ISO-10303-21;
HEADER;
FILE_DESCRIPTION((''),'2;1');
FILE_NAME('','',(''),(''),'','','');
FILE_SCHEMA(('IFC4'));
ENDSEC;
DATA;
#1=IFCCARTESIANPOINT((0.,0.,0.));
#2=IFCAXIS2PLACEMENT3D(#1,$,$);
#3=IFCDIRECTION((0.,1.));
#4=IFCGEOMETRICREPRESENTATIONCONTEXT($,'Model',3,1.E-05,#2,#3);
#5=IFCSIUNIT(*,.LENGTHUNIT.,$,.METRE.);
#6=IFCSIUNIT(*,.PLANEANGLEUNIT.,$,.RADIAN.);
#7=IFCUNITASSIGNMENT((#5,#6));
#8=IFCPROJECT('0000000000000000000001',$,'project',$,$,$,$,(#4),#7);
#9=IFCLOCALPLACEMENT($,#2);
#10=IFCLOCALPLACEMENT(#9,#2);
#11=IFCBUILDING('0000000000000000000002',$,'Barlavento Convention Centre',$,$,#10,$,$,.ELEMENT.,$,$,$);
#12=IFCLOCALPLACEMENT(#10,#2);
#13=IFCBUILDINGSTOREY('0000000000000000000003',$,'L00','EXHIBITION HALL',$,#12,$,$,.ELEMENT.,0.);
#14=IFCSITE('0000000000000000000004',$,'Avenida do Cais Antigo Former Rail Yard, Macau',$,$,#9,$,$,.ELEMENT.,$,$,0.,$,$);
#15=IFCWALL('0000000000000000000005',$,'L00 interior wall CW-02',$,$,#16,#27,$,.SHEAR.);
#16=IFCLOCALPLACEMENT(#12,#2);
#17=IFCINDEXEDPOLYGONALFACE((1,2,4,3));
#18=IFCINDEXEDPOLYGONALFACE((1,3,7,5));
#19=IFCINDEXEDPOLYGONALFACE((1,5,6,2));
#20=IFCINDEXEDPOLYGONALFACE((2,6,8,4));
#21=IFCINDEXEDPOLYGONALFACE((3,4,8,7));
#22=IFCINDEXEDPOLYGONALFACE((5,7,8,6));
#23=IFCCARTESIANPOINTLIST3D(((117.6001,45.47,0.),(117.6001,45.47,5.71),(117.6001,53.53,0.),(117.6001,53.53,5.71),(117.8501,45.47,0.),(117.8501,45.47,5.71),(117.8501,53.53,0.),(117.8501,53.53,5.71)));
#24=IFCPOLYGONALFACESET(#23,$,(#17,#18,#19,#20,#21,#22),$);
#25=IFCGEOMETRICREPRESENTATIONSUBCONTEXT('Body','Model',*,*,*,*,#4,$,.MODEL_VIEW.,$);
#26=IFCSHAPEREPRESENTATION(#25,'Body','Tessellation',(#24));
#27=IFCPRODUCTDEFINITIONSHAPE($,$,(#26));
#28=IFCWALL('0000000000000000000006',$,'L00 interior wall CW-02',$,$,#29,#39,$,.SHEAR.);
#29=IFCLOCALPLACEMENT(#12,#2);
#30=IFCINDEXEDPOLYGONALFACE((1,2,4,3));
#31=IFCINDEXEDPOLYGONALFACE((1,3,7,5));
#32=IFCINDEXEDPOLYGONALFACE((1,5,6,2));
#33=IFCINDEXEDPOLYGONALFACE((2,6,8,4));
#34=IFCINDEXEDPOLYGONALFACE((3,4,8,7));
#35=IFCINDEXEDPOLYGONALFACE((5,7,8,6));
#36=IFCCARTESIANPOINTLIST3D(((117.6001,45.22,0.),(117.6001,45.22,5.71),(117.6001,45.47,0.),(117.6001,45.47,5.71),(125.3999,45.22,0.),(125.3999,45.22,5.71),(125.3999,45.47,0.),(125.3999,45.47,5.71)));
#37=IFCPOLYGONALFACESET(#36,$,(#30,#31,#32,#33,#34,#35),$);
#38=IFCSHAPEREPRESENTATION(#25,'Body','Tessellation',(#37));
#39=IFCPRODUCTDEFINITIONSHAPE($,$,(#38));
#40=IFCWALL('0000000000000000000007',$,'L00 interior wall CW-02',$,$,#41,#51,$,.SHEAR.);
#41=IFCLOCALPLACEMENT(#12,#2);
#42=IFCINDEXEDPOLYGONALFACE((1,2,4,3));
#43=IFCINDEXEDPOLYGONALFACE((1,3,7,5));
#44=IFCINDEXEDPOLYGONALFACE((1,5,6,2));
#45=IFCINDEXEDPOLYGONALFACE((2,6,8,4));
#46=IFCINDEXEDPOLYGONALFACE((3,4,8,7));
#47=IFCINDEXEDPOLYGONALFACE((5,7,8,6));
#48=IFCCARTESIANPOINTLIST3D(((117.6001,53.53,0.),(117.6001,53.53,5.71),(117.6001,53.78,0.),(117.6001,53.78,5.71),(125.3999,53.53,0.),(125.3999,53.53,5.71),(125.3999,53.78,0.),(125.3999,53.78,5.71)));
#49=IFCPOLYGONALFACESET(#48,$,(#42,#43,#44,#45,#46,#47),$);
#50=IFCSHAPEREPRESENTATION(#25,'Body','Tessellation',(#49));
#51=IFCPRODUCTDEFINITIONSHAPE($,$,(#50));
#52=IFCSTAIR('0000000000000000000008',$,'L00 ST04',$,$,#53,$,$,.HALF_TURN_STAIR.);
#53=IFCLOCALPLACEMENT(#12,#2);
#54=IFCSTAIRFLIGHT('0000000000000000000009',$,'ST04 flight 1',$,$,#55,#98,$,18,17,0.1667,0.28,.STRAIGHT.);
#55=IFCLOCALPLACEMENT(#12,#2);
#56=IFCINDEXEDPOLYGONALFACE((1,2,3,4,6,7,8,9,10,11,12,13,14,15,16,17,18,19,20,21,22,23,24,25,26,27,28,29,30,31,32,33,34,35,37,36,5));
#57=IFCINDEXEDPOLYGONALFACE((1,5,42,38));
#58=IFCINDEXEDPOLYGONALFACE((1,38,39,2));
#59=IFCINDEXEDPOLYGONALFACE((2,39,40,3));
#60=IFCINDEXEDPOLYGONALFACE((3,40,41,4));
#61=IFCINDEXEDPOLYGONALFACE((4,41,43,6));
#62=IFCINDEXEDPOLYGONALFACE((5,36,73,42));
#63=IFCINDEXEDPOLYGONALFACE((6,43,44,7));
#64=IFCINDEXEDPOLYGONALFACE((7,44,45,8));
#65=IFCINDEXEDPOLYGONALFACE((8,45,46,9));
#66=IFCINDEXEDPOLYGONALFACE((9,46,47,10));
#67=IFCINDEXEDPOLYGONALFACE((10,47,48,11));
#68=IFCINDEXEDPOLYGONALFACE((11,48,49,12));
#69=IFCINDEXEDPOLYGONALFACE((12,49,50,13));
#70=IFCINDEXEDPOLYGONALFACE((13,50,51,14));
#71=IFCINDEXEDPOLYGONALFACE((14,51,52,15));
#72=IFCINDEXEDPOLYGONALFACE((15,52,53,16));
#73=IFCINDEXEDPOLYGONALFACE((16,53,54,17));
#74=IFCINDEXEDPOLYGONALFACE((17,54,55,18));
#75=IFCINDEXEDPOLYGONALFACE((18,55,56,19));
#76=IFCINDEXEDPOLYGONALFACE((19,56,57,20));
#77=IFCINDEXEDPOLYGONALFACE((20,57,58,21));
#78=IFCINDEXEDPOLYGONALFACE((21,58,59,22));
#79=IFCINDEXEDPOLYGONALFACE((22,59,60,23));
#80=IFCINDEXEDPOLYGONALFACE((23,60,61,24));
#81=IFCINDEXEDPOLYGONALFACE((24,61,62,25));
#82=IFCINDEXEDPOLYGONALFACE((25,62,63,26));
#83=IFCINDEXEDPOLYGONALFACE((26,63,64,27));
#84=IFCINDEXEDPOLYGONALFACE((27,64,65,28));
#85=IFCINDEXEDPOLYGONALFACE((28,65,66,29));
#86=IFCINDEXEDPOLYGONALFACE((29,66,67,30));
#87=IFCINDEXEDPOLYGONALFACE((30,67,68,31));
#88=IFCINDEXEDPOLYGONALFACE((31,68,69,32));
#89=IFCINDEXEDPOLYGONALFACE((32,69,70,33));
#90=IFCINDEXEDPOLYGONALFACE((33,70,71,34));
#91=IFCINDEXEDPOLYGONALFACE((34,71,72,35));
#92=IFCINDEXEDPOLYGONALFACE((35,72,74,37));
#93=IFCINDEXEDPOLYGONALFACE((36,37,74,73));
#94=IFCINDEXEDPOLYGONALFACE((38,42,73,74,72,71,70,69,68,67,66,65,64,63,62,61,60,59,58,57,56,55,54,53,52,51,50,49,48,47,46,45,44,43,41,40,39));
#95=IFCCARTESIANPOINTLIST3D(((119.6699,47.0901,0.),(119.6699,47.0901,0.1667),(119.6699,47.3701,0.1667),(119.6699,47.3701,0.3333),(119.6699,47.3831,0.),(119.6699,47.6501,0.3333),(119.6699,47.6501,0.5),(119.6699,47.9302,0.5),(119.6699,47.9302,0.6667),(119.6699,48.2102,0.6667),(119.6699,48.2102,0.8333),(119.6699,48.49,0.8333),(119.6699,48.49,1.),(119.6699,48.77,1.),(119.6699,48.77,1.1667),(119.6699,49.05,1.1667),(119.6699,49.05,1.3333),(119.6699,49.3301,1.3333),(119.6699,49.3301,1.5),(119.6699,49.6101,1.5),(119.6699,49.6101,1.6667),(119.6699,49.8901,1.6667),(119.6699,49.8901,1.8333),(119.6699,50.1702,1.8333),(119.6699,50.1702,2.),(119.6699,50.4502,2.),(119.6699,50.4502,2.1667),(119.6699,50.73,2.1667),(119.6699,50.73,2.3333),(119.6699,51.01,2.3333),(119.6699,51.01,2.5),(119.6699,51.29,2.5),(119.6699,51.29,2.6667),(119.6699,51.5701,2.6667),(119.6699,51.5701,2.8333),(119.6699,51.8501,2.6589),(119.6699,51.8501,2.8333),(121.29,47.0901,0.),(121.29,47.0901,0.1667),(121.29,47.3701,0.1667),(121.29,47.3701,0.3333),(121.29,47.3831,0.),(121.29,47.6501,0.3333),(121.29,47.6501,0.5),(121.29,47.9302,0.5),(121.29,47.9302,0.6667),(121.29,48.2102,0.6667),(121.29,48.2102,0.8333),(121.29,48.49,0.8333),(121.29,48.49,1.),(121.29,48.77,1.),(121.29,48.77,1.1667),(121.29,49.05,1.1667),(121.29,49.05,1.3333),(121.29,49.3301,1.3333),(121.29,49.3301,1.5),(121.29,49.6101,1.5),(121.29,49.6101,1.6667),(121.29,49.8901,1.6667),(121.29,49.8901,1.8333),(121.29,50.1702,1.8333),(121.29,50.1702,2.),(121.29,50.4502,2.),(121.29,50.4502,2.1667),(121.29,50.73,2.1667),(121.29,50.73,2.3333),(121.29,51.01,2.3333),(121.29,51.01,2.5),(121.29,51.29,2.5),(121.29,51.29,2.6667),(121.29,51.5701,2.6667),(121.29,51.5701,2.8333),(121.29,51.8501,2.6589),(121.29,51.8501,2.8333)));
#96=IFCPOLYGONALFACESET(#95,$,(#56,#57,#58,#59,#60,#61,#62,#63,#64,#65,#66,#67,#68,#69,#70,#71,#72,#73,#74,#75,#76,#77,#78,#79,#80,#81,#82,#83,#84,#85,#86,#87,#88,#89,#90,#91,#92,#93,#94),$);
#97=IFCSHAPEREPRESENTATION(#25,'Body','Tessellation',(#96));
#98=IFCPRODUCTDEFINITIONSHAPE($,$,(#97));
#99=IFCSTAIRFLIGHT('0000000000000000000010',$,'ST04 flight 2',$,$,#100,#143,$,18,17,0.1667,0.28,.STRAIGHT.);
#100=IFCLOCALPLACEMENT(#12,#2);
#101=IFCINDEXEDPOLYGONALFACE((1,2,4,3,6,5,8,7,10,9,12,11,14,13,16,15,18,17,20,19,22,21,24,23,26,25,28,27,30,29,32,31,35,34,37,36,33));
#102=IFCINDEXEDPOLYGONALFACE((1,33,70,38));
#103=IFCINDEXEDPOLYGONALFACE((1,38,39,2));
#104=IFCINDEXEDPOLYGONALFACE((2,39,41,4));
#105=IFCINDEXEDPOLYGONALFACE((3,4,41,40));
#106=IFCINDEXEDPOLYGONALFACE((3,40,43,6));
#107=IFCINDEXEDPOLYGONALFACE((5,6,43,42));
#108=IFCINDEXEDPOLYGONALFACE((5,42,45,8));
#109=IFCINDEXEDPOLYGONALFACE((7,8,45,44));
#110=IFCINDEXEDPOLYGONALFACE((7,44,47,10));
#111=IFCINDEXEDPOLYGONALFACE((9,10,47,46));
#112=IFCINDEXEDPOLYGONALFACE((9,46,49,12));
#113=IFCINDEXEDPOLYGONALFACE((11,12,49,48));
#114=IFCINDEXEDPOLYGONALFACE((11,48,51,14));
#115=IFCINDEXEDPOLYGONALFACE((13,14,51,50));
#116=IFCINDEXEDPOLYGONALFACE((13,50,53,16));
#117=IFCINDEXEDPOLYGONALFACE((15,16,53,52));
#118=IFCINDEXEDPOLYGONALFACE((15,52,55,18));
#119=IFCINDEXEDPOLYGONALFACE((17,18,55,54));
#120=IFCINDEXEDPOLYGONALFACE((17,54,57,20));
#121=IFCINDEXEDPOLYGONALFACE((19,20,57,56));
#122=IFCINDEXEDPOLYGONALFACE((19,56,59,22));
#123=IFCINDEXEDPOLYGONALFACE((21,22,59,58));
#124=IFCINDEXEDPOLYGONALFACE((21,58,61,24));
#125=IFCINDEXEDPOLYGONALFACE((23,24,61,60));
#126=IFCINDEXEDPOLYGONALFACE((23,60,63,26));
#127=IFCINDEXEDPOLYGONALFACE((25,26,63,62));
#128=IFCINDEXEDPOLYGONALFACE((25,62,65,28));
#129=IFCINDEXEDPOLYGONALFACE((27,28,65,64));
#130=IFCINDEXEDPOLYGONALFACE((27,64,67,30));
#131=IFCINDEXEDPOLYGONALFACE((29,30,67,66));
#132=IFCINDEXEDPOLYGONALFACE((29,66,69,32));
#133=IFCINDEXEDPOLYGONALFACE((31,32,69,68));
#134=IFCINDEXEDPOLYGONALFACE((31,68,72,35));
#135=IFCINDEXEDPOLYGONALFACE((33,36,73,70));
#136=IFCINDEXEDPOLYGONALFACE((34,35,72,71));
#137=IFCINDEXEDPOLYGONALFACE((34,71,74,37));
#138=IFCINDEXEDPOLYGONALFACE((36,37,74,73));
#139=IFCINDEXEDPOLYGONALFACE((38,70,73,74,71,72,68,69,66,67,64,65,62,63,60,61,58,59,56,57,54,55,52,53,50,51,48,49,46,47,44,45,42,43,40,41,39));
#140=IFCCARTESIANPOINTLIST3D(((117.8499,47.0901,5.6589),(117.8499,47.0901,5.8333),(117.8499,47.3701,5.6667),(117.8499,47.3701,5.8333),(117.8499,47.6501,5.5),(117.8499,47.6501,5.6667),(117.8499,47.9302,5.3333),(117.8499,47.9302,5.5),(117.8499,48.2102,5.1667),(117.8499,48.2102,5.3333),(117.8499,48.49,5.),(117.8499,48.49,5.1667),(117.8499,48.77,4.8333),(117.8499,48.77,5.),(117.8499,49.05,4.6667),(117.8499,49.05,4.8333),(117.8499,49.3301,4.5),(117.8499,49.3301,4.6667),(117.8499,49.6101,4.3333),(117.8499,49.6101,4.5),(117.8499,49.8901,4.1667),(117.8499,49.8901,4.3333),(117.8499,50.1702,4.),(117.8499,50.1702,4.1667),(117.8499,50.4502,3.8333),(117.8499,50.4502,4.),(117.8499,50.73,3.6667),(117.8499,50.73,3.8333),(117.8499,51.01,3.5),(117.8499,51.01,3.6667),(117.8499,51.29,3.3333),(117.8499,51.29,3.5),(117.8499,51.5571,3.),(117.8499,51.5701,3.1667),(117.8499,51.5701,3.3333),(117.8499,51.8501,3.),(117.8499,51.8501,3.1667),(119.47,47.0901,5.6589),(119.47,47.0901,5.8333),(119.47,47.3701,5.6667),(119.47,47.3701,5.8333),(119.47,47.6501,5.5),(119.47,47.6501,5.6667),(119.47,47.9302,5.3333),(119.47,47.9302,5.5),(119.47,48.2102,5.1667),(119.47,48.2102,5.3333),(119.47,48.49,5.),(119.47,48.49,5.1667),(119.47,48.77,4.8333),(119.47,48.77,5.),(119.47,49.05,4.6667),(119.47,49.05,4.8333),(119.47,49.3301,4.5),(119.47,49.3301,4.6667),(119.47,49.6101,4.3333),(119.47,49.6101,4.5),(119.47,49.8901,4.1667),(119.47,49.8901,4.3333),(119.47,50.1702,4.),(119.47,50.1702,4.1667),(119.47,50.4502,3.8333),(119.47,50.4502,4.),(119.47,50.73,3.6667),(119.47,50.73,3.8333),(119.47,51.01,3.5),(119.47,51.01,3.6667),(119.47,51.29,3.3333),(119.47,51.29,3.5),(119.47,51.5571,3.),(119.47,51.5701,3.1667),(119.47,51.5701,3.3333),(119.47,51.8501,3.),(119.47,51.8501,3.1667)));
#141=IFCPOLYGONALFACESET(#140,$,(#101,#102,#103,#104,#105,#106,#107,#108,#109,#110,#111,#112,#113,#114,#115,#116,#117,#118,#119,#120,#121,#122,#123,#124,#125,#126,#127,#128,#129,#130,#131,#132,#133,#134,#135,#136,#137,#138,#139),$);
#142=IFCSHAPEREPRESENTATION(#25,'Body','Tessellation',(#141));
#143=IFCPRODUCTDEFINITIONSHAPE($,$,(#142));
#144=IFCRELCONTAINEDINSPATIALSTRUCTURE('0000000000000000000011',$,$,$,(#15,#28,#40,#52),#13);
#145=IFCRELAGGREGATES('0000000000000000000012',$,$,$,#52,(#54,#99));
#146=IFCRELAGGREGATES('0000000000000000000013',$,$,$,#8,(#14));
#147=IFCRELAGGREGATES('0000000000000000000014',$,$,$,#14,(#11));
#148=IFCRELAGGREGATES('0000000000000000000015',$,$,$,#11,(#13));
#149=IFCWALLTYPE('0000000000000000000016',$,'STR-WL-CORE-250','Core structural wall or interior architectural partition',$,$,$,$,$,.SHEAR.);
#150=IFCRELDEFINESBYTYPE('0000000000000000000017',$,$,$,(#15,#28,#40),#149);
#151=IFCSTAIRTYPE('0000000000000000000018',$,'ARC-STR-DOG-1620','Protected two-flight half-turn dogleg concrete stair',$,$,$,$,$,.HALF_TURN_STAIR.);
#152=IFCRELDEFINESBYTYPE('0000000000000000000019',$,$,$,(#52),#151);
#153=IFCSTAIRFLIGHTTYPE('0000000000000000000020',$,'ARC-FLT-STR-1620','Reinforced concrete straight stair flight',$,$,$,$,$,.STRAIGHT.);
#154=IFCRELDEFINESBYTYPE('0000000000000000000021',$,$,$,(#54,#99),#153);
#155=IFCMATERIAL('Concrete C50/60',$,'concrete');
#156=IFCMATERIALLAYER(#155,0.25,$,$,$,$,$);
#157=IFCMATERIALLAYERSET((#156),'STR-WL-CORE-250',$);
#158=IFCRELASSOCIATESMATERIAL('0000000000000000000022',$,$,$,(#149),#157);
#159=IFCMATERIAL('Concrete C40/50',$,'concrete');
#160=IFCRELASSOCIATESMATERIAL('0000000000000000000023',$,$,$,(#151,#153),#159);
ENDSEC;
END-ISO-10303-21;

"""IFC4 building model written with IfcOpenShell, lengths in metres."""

from ifc_helpers import new_model, si_unit, direction, frame, frame_2d, origin, place, context, subcontext, project, spatial, polyline, rectangle, outline, extrude, material, layer, layer_set, type_object, element, aggregate, save


model = new_model("IFC4")

# Units and contexts
model_context = context("Model", 3, precision=1e-05, world=origin(), true_north=direction((0.0, 1.0)))
body_context = subcontext(model_context, "Body", "Model", "MODEL_VIEW")
ifc_project = project(units=[si_unit("LENGTHUNIT", "METRE"), si_unit("PLANEANGLEUNIT", "RADIAN")], contexts=[model_context])

# Site, building, storey
site_placement = place(None, origin())
site = spatial("IfcSite", under=ifc_project, at=site_placement, Name="Avenida do Cais Antigo Former Rail Yard, Macau", CompositionType="ELEMENT", RefElevation=0.0)
building_placement = place(site_placement, origin())
building = spatial("IfcBuilding", under=site, at=building_placement, Name="Barlavento Convention Centre", CompositionType="ELEMENT")
storey_placement = place(building_placement, origin())
storey = spatial("IfcBuildingStorey", under=building, at=storey_placement, Name="L00", Description="EXHIBITION HALL", CompositionType="ELEMENT", Elevation=0.0)

# Shared definitions
ifc_material_1 = material(Name="Concrete C50/60", Category="concrete")

# Walls
ifc_layer_1 = layer(ifc_material_1, 0.25)
ifc_layer_set_1 = layer_set([ifc_layer_1], Name="STR-WL-CORE-250")
wall_type_1 = type_object("IfcWallType", Name="STR-WL-CORE-250", Description="Core structural wall or interior architectural partition", PredefinedType="SHEAR", material=ifc_layer_set_1)
wall_1_placement = place(storey_placement, frame((117.7251, 45.47, 0.0), z_axis=(0.0, 0.0, 1.0), x_axis=(0.0, 1.0, 0.0)))
element("IfcWall", 1, at=wall_1_placement, inside=storey, type_object=wall_type_1, Name="L00 interior wall CW-02", PredefinedType="SHEAR", context=body_context, shape_type="SweptSolid", body=[
    extrude(rectangle(XDim=8.0601, YDim=0.25, at=frame_2d((4.03, 0.0))), origin(), (0.0, 0.0, 1.0), 5.71),
])
for number, where, z_axis, x_axis, name in (
    (2, (117.6001, 45.345, 0.0), (0.0, 0.0, 1.0), (1.0, 0.0, 0.0), "L00 interior wall CW-02"),
    (3, (117.6001, 53.655, 0.0), (0.0, 0.0, 1.0), (1.0, 0.0, 0.0), "L00 interior wall CW-02"),
):
    element("IfcWall", number, at=place(storey_placement, frame(where, z_axis=z_axis, x_axis=x_axis)), inside=storey, type_object=wall_type_1, Name=name, PredefinedType="SHEAR", context=body_context, shape_type="SweptSolid", body=[
        extrude(rectangle(XDim=7.7998, YDim=0.25, at=frame_2d((3.8999, 0.0))), origin(), (0.0, 0.0, 1.0), 5.71),
    ])

# Stair, stair flights
ifc_material_2 = material(Name="Concrete C40/50", Category="concrete")
stair_type = type_object("IfcStairType", Name="ARC-STR-DOG-1620", Description="Protected two-flight half-turn dogleg concrete stair", PredefinedType="HALF_TURN_STAIR", material=ifc_material_2)
stair_placement = place(storey_placement, origin())
stair = element("IfcStair", 4, at=stair_placement, inside=storey, type_object=stair_type, Name="L00 ST04", PredefinedType="HALF_TURN_STAIR")
stair_flight_type = type_object("IfcStairFlightType", Name="ARC-FLT-STR-1620", Description="Reinforced concrete straight stair flight", PredefinedType="STRAIGHT", material=ifc_material_2)
stair_flight_1_placement = place(storey_placement, frame((120.48, 47.0901, 0.0), z_axis=(0.0, 0.0, 1.0), x_axis=(0.0, 1.0, 0.0)))
stair_flight_1 = element("IfcStairFlight", 5, at=stair_flight_1_placement, type_object=stair_flight_type, Name="ST04 flight 1", NumberOfRisers=18, NumberOfTreads=17, PredefinedType="STRAIGHT", RiserHeight=0.1667, TreadLength=0.28, context=body_context, shape_type="SweptSolid", body=[
    extrude(outline(polyline([(0.0, 0.0), (0.0, 0.1667), (0.28, 0.1667), (0.28, 0.3333), (0.5601, 0.3333), (0.5601, 0.5), (0.8401, 0.5), (0.8401, 0.6667), (1.1201, 0.6667), (1.1201, 0.8333), (1.3999, 0.8333), (1.3999, 1.0), (1.6799, 1.0), (1.6799, 1.1667), (1.96, 1.1667), (1.96, 1.3333), (2.24, 1.3333), (2.24, 1.5), (2.52, 1.5), (2.52, 1.6667), (2.8, 1.6667), (2.8, 1.8333), (3.0801, 1.8333), (3.0801, 2.0), (3.3601, 2.0), (3.3601, 2.1667), (3.6399, 2.1667), (3.6399, 2.3333), (3.9199, 2.3333), (3.9199, 2.5), (4.2, 2.5), (4.2, 2.6667), (4.48, 2.6667), (4.48, 2.8333), (4.76, 2.8333), (4.76, 3.0), (4.76, 2.6589), (0.293, 0.0), (0.0, 0.0)])), frame((0.0, 0.8101, 0.0), z_axis=(0.0, -1.0, 0.0), x_axis=(1.0, 0.0, 0.0)), (0.0, 0.0, 1.0), 1.6201),
])
stair_flight_2_placement = place(storey_placement, frame((118.6599, 51.8501, 3.0), z_axis=(0.0, 0.0, 1.0), x_axis=(0.0, -1.0, 0.0)))
stair_flight_2 = element("IfcStairFlight", 6, at=stair_flight_2_placement, type_object=stair_flight_type, Name="ST04 flight 2", NumberOfRisers=18, NumberOfTreads=17, PredefinedType="STRAIGHT", RiserHeight=0.1667, TreadLength=0.28, context=body_context, shape_type="SweptSolid", body=[
    extrude(outline(polyline([(0.0, 0.0), (0.0, 0.1667), (0.28, 0.1667), (0.28, 0.3333), (0.5601, 0.3333), (0.5601, 0.5), (0.8401, 0.5), (0.8401, 0.6667), (1.1201, 0.6667), (1.1201, 0.8333), (1.3999, 0.8333), (1.3999, 1.0), (1.6799, 1.0), (1.6799, 1.1667), (1.96, 1.1667), (1.96, 1.3333), (2.24, 1.3333), (2.24, 1.5), (2.52, 1.5), (2.52, 1.6667), (2.8, 1.6667), (2.8, 1.8333), (3.0801, 1.8333), (3.0801, 2.0), (3.3601, 2.0), (3.3601, 2.1667), (3.6399, 2.1667), (3.6399, 2.3333), (3.9199, 2.3333), (3.9199, 2.5), (4.2, 2.5), (4.2, 2.6667), (4.48, 2.6667), (4.48, 2.8333), (4.76, 2.8333), (4.76, 3.0), (4.76, 2.6589), (0.293, 0.0), (0.0, 0.0)])), frame((0.0, 0.8101, 0.0), z_axis=(0.0, -1.0, 0.0), x_axis=(1.0, 0.0, 0.0)), (0.0, 0.0, 1.0), 1.6201),
])
aggregate(stair, [stair_flight_1, stair_flight_2])

save(model, "model.ifc")
